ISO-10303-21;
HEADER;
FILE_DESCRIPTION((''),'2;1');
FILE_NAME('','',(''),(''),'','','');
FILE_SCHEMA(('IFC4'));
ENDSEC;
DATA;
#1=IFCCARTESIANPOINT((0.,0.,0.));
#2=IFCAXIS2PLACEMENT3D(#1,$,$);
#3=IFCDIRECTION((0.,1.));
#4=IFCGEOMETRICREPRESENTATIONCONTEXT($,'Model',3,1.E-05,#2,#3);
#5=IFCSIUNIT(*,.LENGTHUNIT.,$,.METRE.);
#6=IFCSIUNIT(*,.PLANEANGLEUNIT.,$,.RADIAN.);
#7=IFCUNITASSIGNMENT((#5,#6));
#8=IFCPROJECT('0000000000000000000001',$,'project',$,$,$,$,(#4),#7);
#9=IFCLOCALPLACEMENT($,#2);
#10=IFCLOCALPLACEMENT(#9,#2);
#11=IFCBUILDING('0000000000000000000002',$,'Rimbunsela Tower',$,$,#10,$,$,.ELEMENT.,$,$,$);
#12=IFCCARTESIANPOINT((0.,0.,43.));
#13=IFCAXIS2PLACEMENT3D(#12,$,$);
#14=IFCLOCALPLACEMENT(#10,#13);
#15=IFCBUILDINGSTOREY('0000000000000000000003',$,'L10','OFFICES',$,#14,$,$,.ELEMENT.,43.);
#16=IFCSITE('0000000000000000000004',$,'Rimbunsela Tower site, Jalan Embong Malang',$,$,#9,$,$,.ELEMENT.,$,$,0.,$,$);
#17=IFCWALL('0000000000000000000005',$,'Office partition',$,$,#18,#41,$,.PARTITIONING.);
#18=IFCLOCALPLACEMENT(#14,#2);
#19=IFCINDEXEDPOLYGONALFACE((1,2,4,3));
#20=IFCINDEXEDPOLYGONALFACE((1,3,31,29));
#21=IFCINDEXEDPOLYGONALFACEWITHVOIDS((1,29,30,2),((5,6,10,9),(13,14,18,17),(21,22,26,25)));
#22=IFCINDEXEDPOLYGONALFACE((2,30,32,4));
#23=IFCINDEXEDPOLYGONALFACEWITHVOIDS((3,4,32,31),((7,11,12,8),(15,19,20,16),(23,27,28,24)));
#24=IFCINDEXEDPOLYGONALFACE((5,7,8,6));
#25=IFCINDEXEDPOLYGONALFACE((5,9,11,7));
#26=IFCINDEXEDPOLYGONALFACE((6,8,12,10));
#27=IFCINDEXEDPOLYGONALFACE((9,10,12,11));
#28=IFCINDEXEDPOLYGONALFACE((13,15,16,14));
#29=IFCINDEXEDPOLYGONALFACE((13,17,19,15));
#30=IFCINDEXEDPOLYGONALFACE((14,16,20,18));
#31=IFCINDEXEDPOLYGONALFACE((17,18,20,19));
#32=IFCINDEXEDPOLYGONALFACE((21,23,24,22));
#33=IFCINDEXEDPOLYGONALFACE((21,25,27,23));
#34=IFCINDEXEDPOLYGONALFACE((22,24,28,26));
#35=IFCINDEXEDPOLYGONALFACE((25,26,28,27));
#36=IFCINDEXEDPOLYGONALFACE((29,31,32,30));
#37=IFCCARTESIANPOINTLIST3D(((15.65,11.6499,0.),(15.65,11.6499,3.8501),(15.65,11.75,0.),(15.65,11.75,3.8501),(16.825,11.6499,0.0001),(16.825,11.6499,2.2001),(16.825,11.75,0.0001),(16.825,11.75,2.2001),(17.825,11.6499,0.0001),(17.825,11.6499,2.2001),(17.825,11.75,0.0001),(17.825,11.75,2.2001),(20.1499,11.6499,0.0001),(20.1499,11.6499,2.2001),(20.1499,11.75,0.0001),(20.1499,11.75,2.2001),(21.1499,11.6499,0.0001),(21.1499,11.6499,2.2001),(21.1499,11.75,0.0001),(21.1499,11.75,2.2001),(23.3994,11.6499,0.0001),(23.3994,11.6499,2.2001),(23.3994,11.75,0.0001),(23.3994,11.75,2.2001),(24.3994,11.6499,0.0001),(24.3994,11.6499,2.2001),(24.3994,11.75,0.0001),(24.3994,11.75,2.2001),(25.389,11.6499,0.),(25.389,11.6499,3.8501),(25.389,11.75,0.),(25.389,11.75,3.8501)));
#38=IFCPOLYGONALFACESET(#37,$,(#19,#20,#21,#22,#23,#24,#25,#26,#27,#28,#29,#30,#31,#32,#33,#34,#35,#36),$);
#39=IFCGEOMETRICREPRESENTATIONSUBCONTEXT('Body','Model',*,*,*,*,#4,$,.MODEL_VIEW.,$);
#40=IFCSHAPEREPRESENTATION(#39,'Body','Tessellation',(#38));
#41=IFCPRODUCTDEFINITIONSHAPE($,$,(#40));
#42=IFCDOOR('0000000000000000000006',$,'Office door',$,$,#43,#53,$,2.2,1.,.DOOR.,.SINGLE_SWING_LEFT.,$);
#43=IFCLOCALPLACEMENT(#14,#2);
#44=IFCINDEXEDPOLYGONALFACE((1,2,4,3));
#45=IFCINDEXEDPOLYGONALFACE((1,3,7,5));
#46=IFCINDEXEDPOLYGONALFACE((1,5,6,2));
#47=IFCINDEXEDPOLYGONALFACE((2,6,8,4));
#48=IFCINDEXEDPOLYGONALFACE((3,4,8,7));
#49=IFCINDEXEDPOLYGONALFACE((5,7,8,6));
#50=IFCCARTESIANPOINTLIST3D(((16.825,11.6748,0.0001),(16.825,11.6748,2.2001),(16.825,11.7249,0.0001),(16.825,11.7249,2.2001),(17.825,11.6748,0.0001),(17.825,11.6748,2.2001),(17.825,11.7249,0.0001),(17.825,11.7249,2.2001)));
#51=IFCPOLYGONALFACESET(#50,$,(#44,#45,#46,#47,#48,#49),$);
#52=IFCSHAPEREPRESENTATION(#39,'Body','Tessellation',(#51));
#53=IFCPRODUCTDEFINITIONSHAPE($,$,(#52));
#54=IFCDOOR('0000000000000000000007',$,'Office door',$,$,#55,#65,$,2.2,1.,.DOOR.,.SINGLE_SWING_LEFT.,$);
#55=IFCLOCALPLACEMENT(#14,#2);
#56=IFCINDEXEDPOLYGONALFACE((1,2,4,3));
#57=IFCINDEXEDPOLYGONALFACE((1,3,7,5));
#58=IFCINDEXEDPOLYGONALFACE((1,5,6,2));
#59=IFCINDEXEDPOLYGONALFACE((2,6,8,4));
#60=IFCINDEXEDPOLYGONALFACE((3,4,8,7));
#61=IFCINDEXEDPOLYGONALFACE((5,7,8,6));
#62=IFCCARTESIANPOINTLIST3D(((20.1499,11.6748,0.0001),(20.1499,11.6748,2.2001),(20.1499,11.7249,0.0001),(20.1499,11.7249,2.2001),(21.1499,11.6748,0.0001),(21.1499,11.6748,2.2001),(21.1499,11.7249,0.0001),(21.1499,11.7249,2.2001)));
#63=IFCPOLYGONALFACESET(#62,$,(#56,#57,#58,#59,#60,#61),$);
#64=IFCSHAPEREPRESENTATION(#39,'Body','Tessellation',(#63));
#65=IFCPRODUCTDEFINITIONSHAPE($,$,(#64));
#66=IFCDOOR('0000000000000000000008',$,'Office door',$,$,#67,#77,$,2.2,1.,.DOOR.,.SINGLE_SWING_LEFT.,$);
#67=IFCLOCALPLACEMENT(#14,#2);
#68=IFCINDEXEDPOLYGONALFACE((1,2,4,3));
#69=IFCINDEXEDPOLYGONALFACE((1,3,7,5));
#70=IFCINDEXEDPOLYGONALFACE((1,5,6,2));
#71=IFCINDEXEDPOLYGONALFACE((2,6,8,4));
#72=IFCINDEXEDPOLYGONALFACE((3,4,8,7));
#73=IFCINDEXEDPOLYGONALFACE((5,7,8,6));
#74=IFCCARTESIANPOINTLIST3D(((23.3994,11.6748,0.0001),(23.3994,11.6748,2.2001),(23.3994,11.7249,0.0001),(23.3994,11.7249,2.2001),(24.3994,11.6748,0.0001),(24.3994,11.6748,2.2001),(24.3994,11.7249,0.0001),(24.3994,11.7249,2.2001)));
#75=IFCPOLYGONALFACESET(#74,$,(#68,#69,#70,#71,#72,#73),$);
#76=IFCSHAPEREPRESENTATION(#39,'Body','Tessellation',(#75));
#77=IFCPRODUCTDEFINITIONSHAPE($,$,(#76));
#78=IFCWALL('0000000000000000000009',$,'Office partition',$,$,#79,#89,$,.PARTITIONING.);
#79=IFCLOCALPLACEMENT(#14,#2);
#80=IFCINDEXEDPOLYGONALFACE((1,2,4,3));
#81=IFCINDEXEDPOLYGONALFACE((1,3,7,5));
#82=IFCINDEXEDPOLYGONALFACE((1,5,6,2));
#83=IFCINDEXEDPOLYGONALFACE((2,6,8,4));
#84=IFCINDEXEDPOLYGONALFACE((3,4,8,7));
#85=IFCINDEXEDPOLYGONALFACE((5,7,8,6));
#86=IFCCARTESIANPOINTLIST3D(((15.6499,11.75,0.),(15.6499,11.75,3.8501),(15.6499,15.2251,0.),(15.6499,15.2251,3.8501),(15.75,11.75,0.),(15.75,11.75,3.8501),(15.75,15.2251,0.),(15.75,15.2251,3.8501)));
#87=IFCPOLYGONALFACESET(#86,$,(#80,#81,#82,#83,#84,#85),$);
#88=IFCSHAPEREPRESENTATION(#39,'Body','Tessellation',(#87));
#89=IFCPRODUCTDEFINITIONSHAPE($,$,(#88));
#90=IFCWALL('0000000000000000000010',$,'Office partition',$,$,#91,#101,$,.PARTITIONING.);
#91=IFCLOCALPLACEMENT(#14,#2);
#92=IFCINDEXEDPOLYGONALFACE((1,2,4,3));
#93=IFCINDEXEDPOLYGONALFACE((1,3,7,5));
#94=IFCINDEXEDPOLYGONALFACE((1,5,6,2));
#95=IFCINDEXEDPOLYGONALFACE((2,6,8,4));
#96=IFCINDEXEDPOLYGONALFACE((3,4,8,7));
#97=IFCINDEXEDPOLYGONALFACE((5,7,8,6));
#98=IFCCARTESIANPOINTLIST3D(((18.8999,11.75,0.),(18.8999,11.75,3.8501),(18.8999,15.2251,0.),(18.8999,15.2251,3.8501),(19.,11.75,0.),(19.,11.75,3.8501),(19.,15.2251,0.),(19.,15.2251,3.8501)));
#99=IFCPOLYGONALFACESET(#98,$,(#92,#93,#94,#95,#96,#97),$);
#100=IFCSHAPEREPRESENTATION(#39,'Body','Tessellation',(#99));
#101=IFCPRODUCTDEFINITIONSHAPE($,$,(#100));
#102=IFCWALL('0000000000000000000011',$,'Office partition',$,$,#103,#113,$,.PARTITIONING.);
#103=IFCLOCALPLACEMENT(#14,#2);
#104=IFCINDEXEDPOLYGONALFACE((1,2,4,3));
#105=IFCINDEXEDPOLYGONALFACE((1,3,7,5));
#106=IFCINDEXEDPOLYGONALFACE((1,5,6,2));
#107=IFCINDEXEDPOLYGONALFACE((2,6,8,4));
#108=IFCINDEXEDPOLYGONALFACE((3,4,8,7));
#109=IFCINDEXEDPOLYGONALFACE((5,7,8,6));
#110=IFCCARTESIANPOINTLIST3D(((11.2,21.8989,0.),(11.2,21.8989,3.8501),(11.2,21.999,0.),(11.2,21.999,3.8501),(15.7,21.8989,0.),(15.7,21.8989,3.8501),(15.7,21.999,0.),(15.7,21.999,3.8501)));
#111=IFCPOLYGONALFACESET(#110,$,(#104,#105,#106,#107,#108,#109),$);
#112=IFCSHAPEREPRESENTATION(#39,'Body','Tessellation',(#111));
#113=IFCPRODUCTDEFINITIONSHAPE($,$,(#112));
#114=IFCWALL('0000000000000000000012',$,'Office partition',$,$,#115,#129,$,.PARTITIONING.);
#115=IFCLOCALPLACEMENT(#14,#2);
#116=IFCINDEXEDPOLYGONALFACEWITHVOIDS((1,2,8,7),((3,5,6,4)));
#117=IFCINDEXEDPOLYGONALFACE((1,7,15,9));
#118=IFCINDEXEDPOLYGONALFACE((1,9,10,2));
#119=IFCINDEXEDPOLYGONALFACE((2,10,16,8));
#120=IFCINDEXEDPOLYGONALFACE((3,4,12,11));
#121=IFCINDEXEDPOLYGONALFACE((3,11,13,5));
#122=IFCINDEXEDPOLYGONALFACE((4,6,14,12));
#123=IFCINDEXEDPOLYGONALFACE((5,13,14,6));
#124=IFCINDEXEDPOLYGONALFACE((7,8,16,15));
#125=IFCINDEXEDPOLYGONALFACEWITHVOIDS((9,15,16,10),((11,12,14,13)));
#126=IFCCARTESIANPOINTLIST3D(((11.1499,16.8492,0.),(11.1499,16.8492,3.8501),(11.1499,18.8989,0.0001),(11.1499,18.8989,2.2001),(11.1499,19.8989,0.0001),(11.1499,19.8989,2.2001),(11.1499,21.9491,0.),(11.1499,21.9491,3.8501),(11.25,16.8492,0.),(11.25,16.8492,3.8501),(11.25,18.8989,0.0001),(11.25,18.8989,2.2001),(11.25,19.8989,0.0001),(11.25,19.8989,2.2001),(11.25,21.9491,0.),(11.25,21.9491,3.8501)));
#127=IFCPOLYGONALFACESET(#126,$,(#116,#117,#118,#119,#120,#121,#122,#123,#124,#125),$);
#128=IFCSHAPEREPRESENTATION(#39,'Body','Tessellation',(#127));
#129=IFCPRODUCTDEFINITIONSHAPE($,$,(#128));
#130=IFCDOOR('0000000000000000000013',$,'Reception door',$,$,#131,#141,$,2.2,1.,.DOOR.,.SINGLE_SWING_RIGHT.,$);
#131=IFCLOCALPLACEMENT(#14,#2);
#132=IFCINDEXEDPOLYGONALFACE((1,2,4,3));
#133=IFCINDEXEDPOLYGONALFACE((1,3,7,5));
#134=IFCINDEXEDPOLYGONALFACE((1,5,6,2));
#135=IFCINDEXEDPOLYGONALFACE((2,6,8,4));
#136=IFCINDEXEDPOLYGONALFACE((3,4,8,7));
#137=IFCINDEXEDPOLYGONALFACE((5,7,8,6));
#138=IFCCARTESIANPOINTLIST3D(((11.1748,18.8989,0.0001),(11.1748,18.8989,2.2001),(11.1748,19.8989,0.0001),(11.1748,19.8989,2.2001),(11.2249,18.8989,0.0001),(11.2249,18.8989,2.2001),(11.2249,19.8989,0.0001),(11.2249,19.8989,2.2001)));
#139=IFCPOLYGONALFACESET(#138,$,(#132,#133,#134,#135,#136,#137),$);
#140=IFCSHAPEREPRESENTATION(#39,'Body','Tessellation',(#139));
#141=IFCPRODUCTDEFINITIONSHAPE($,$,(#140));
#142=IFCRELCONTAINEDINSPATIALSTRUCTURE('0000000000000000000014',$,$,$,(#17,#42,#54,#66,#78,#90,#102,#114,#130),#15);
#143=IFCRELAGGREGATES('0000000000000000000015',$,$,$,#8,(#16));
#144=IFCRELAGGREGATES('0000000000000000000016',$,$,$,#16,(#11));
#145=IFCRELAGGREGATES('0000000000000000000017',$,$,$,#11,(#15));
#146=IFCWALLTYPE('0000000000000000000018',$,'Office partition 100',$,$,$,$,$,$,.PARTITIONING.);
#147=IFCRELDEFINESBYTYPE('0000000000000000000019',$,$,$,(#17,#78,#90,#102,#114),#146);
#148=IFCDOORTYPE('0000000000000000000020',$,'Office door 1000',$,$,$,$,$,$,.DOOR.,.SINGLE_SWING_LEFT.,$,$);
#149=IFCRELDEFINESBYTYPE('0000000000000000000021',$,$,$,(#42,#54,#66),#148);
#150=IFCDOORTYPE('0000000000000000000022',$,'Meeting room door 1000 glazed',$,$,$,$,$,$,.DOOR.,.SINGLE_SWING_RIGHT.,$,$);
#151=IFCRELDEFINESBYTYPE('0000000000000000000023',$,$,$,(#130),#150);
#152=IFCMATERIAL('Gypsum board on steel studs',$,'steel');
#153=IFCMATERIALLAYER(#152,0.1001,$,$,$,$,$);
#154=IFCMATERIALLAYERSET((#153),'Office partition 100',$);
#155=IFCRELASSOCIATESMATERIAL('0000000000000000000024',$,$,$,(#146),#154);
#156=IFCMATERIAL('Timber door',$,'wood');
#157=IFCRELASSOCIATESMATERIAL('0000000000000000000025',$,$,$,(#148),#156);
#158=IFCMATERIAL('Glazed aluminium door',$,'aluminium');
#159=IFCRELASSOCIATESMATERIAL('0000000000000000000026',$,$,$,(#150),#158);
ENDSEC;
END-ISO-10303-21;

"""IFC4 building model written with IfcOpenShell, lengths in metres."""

from ifc_helpers import new_model, si_unit, direction, frame, frame_2d, origin, place, context, subcontext, project, spatial, rectangle, extrude, material, layer, layer_set, type_object, element, fill, save


model = new_model("IFC4")

# Units and contexts
model_context = context("Model", 3, precision=1e-05, world=origin(), true_north=direction((0.0, 1.0)))
body_context = subcontext(model_context, "Body", "Model", "MODEL_VIEW")
ifc_project = project(units=[si_unit("LENGTHUNIT", "METRE"), si_unit("PLANEANGLEUNIT", "RADIAN")], contexts=[model_context])

# Site, building, storey
site_placement = place(None, origin())
site = spatial("IfcSite", under=ifc_project, at=site_placement, Name="Rimbunsela Tower site, Jalan Embong Malang", CompositionType="ELEMENT", RefElevation=0.0)
building_placement = place(site_placement, origin())
building = spatial("IfcBuilding", under=site, at=building_placement, Name="Rimbunsela Tower", CompositionType="ELEMENT")
storey_placement = place(building_placement, frame((0.0, 0.0, 43.0)))
storey = spatial("IfcBuildingStorey", under=building, at=storey_placement, Name="L10", Description="OFFICES", CompositionType="ELEMENT", Elevation=43.0)

# Wall, openings, doors
ifc_material_1 = material(Name="Gypsum board on steel studs", Category="steel")
ifc_layer_1 = layer(ifc_material_1, 0.1001)
ifc_layer_set_1 = layer_set([ifc_layer_1], Name="Office partition 100")
wall_type_1 = type_object("IfcWallType", Name="Office partition 100", PredefinedType="PARTITIONING", material=ifc_layer_set_1)
wall_1_placement = place(storey_placement, frame((15.6499, 11.7, 0.0), z_axis=(0.0, 0.0, 1.0), x_axis=(1.0, 0.0, 0.0)))
wall_1 = element("IfcWall", 1, at=wall_1_placement, inside=storey, type_object=wall_type_1, Name="Office partition", PredefinedType="PARTITIONING", context=body_context, shape_type="SweptSolid", body=[
    extrude(rectangle(XDim=9.739, YDim=0.1001, at=frame_2d((4.8696, 0.0))), origin(), (0.0, 0.0, 1.0), 3.8501),
])
opening_1_placement = place(wall_1_placement, frame((1.175, 0.0, 0.0)))
opening_1 = element("IfcOpeningElement", 2, at=opening_1_placement, cuts=wall_1, PredefinedType="OPENING", context=body_context, shape_type="SweptSolid", body=[
    extrude(rectangle(XDim=1.0, YDim=2.2, at=frame_2d((0.5, 1.1001))), frame((0.0, 0.0601, 0.0), z_axis=(0.0, -1.0, 0.0), x_axis=(1.0, 0.0, 0.0)), (0.0, 0.0, 1.0), 0.1201),
])
opening_2_placement = place(wall_1_placement, frame((4.5, 0.0, 0.0)))
opening_2 = element("IfcOpeningElement", 3, at=opening_2_placement, cuts=wall_1, PredefinedType="OPENING", context=body_context, shape_type="SweptSolid", body=[
    extrude(rectangle(XDim=1.0, YDim=2.2, at=frame_2d((0.5, 1.1001))), frame((0.0, 0.0601, 0.0), z_axis=(0.0, -1.0, 0.0), x_axis=(1.0, 0.0, 0.0)), (0.0, 0.0, 1.0), 0.1201),
])
opening_3_placement = place(wall_1_placement, frame((7.7495, 0.0, 0.0)))
opening_3 = element("IfcOpeningElement", 4, at=opening_3_placement, cuts=wall_1, PredefinedType="OPENING", context=body_context, shape_type="SweptSolid", body=[
    extrude(rectangle(XDim=1.0, YDim=2.2, at=frame_2d((0.5, 1.1001))), frame((0.0, 0.0601, 0.0), z_axis=(0.0, -1.0, 0.0), x_axis=(1.0, 0.0, 0.0)), (0.0, 0.0, 1.0), 0.1201),
])
ifc_material_2 = material(Name="Timber door", Category="wood")
door_type_1 = type_object("IfcDoorType", Name="Office door 1000", OperationType="SINGLE_SWING_LEFT", PredefinedType="DOOR", material=ifc_material_2)
door_1_placement = place(opening_1_placement, origin())
door_1 = element("IfcDoor", 5, at=door_1_placement, inside=storey, type_object=door_type_1, Name="Office door", OperationType="SINGLE_SWING_LEFT", OverallHeight=2.2, OverallWidth=1.0, PredefinedType="DOOR", context=body_context, shape_type="SweptSolid", body=[
    extrude(rectangle(XDim=1.0, YDim=2.2, at=frame_2d((0.5, 1.1001))), frame((0.0, 0.0249, 0.0), z_axis=(0.0, -1.0, 0.0), x_axis=(1.0, 0.0, 0.0)), (0.0, 0.0, 1.0), 0.05),
])
fill(opening_1, door_1)
door_2_placement = place(opening_2_placement, origin())
door_2 = element("IfcDoor", 6, at=door_2_placement, inside=storey, type_object=door_type_1, Name="Office door", OperationType="SINGLE_SWING_LEFT", OverallHeight=2.2, OverallWidth=1.0, PredefinedType="DOOR", context=body_context, shape_type="SweptSolid", body=[
    extrude(rectangle(XDim=1.0, YDim=2.2, at=frame_2d((0.5, 1.1001))), frame((0.0, 0.0249, 0.0), z_axis=(0.0, -1.0, 0.0), x_axis=(1.0, 0.0, 0.0)), (0.0, 0.0, 1.0), 0.05),
])
fill(opening_2, door_2)
door_3_placement = place(opening_3_placement, origin())
door_3 = element("IfcDoor", 7, at=door_3_placement, inside=storey, type_object=door_type_1, Name="Office door", OperationType="SINGLE_SWING_LEFT", OverallHeight=2.2, OverallWidth=1.0, PredefinedType="DOOR", context=body_context, shape_type="SweptSolid", body=[
    extrude(rectangle(XDim=1.0, YDim=2.2, at=frame_2d((0.5, 1.1001))), frame((0.0, 0.0249, 0.0), z_axis=(0.0, -1.0, 0.0), x_axis=(1.0, 0.0, 0.0)), (0.0, 0.0, 1.0), 0.05),
])
fill(opening_3, door_3)

# Walls
for number, where, z_axis, x_axis, name in (
    (8, (15.7, 11.75, 0.0), (0.0, 0.0, 1.0), (0.0, 1.0, 0.0), "Office partition"),
    (9, (18.95, 11.75, 0.0), (0.0, 0.0, 1.0), (0.0, 1.0, 0.0), "Office partition"),
):
    element("IfcWall", number, at=place(storey_placement, frame(where, z_axis=z_axis, x_axis=x_axis)), inside=storey, type_object=wall_type_1, Name=name, PredefinedType="PARTITIONING", context=body_context, shape_type="SweptSolid", body=[
        extrude(rectangle(XDim=3.4751, YDim=0.1001, at=frame_2d((1.7375, 0.0))), origin(), (0.0, 0.0, 1.0), 3.8501),
    ])
wall_2_placement = place(storey_placement, frame((15.7, 21.949, 0.0), z_axis=(0.0, 0.0, 1.0), x_axis=(-1.0, 0.0, 0.0)))
element("IfcWall", 10, at=wall_2_placement, inside=storey, type_object=wall_type_1, Name="Office partition", PredefinedType="PARTITIONING", context=body_context, shape_type="SweptSolid", body=[
    extrude(rectangle(XDim=4.5, YDim=0.1001, at=frame_2d((2.25, 0.0))), origin(), (0.0, 0.0, 1.0), 3.8501),
])

# Wall, opening, door
wall_3_placement = place(storey_placement, frame((11.2, 21.949, 0.0), z_axis=(0.0, 0.0, 1.0), x_axis=(0.0, -1.0, 0.0)))
wall_3 = element("IfcWall", 11, at=wall_3_placement, inside=storey, type_object=wall_type_1, Name="Office partition", PredefinedType="PARTITIONING", context=body_context, shape_type="SweptSolid", body=[
    extrude(rectangle(XDim=5.0999, YDim=0.1001, at=frame_2d((2.5498, 0.0))), origin(), (0.0, 0.0, 1.0), 3.8501),
])
opening_4_placement = place(wall_3_placement, frame((2.05, 0.0, 0.0)))
opening_4 = element("IfcOpeningElement", 12, at=opening_4_placement, cuts=wall_3, PredefinedType="OPENING", context=body_context, shape_type="SweptSolid", body=[
    extrude(rectangle(XDim=1.0, YDim=2.2, at=frame_2d((0.5, 1.1001))), frame((0.0, 0.0601, 0.0), z_axis=(0.0, -1.0, 0.0), x_axis=(1.0, 0.0, 0.0)), (0.0, 0.0, 1.0), 0.1201),
])
ifc_material_3 = material(Name="Glazed aluminium door", Category="aluminium")
door_type_2 = type_object("IfcDoorType", Name="Meeting room door 1000 glazed", OperationType="SINGLE_SWING_RIGHT", PredefinedType="DOOR", material=ifc_material_3)
door_4_placement = place(opening_4_placement, origin())
door_4 = element("IfcDoor", 13, at=door_4_placement, inside=storey, type_object=door_type_2, Name="Reception door", OperationType="SINGLE_SWING_RIGHT", OverallHeight=2.2, OverallWidth=1.0, PredefinedType="DOOR", context=body_context, shape_type="SweptSolid", body=[
    extrude(rectangle(XDim=1.0, YDim=2.2, at=frame_2d((0.5, 1.1001))), frame((0.0, 0.0249, 0.0), z_axis=(0.0, -1.0, 0.0), x_axis=(1.0, 0.0, 0.0)), (0.0, 0.0, 1.0), 0.05),
])
fill(opening_4, door_4)

save(model, "model.ifc")
